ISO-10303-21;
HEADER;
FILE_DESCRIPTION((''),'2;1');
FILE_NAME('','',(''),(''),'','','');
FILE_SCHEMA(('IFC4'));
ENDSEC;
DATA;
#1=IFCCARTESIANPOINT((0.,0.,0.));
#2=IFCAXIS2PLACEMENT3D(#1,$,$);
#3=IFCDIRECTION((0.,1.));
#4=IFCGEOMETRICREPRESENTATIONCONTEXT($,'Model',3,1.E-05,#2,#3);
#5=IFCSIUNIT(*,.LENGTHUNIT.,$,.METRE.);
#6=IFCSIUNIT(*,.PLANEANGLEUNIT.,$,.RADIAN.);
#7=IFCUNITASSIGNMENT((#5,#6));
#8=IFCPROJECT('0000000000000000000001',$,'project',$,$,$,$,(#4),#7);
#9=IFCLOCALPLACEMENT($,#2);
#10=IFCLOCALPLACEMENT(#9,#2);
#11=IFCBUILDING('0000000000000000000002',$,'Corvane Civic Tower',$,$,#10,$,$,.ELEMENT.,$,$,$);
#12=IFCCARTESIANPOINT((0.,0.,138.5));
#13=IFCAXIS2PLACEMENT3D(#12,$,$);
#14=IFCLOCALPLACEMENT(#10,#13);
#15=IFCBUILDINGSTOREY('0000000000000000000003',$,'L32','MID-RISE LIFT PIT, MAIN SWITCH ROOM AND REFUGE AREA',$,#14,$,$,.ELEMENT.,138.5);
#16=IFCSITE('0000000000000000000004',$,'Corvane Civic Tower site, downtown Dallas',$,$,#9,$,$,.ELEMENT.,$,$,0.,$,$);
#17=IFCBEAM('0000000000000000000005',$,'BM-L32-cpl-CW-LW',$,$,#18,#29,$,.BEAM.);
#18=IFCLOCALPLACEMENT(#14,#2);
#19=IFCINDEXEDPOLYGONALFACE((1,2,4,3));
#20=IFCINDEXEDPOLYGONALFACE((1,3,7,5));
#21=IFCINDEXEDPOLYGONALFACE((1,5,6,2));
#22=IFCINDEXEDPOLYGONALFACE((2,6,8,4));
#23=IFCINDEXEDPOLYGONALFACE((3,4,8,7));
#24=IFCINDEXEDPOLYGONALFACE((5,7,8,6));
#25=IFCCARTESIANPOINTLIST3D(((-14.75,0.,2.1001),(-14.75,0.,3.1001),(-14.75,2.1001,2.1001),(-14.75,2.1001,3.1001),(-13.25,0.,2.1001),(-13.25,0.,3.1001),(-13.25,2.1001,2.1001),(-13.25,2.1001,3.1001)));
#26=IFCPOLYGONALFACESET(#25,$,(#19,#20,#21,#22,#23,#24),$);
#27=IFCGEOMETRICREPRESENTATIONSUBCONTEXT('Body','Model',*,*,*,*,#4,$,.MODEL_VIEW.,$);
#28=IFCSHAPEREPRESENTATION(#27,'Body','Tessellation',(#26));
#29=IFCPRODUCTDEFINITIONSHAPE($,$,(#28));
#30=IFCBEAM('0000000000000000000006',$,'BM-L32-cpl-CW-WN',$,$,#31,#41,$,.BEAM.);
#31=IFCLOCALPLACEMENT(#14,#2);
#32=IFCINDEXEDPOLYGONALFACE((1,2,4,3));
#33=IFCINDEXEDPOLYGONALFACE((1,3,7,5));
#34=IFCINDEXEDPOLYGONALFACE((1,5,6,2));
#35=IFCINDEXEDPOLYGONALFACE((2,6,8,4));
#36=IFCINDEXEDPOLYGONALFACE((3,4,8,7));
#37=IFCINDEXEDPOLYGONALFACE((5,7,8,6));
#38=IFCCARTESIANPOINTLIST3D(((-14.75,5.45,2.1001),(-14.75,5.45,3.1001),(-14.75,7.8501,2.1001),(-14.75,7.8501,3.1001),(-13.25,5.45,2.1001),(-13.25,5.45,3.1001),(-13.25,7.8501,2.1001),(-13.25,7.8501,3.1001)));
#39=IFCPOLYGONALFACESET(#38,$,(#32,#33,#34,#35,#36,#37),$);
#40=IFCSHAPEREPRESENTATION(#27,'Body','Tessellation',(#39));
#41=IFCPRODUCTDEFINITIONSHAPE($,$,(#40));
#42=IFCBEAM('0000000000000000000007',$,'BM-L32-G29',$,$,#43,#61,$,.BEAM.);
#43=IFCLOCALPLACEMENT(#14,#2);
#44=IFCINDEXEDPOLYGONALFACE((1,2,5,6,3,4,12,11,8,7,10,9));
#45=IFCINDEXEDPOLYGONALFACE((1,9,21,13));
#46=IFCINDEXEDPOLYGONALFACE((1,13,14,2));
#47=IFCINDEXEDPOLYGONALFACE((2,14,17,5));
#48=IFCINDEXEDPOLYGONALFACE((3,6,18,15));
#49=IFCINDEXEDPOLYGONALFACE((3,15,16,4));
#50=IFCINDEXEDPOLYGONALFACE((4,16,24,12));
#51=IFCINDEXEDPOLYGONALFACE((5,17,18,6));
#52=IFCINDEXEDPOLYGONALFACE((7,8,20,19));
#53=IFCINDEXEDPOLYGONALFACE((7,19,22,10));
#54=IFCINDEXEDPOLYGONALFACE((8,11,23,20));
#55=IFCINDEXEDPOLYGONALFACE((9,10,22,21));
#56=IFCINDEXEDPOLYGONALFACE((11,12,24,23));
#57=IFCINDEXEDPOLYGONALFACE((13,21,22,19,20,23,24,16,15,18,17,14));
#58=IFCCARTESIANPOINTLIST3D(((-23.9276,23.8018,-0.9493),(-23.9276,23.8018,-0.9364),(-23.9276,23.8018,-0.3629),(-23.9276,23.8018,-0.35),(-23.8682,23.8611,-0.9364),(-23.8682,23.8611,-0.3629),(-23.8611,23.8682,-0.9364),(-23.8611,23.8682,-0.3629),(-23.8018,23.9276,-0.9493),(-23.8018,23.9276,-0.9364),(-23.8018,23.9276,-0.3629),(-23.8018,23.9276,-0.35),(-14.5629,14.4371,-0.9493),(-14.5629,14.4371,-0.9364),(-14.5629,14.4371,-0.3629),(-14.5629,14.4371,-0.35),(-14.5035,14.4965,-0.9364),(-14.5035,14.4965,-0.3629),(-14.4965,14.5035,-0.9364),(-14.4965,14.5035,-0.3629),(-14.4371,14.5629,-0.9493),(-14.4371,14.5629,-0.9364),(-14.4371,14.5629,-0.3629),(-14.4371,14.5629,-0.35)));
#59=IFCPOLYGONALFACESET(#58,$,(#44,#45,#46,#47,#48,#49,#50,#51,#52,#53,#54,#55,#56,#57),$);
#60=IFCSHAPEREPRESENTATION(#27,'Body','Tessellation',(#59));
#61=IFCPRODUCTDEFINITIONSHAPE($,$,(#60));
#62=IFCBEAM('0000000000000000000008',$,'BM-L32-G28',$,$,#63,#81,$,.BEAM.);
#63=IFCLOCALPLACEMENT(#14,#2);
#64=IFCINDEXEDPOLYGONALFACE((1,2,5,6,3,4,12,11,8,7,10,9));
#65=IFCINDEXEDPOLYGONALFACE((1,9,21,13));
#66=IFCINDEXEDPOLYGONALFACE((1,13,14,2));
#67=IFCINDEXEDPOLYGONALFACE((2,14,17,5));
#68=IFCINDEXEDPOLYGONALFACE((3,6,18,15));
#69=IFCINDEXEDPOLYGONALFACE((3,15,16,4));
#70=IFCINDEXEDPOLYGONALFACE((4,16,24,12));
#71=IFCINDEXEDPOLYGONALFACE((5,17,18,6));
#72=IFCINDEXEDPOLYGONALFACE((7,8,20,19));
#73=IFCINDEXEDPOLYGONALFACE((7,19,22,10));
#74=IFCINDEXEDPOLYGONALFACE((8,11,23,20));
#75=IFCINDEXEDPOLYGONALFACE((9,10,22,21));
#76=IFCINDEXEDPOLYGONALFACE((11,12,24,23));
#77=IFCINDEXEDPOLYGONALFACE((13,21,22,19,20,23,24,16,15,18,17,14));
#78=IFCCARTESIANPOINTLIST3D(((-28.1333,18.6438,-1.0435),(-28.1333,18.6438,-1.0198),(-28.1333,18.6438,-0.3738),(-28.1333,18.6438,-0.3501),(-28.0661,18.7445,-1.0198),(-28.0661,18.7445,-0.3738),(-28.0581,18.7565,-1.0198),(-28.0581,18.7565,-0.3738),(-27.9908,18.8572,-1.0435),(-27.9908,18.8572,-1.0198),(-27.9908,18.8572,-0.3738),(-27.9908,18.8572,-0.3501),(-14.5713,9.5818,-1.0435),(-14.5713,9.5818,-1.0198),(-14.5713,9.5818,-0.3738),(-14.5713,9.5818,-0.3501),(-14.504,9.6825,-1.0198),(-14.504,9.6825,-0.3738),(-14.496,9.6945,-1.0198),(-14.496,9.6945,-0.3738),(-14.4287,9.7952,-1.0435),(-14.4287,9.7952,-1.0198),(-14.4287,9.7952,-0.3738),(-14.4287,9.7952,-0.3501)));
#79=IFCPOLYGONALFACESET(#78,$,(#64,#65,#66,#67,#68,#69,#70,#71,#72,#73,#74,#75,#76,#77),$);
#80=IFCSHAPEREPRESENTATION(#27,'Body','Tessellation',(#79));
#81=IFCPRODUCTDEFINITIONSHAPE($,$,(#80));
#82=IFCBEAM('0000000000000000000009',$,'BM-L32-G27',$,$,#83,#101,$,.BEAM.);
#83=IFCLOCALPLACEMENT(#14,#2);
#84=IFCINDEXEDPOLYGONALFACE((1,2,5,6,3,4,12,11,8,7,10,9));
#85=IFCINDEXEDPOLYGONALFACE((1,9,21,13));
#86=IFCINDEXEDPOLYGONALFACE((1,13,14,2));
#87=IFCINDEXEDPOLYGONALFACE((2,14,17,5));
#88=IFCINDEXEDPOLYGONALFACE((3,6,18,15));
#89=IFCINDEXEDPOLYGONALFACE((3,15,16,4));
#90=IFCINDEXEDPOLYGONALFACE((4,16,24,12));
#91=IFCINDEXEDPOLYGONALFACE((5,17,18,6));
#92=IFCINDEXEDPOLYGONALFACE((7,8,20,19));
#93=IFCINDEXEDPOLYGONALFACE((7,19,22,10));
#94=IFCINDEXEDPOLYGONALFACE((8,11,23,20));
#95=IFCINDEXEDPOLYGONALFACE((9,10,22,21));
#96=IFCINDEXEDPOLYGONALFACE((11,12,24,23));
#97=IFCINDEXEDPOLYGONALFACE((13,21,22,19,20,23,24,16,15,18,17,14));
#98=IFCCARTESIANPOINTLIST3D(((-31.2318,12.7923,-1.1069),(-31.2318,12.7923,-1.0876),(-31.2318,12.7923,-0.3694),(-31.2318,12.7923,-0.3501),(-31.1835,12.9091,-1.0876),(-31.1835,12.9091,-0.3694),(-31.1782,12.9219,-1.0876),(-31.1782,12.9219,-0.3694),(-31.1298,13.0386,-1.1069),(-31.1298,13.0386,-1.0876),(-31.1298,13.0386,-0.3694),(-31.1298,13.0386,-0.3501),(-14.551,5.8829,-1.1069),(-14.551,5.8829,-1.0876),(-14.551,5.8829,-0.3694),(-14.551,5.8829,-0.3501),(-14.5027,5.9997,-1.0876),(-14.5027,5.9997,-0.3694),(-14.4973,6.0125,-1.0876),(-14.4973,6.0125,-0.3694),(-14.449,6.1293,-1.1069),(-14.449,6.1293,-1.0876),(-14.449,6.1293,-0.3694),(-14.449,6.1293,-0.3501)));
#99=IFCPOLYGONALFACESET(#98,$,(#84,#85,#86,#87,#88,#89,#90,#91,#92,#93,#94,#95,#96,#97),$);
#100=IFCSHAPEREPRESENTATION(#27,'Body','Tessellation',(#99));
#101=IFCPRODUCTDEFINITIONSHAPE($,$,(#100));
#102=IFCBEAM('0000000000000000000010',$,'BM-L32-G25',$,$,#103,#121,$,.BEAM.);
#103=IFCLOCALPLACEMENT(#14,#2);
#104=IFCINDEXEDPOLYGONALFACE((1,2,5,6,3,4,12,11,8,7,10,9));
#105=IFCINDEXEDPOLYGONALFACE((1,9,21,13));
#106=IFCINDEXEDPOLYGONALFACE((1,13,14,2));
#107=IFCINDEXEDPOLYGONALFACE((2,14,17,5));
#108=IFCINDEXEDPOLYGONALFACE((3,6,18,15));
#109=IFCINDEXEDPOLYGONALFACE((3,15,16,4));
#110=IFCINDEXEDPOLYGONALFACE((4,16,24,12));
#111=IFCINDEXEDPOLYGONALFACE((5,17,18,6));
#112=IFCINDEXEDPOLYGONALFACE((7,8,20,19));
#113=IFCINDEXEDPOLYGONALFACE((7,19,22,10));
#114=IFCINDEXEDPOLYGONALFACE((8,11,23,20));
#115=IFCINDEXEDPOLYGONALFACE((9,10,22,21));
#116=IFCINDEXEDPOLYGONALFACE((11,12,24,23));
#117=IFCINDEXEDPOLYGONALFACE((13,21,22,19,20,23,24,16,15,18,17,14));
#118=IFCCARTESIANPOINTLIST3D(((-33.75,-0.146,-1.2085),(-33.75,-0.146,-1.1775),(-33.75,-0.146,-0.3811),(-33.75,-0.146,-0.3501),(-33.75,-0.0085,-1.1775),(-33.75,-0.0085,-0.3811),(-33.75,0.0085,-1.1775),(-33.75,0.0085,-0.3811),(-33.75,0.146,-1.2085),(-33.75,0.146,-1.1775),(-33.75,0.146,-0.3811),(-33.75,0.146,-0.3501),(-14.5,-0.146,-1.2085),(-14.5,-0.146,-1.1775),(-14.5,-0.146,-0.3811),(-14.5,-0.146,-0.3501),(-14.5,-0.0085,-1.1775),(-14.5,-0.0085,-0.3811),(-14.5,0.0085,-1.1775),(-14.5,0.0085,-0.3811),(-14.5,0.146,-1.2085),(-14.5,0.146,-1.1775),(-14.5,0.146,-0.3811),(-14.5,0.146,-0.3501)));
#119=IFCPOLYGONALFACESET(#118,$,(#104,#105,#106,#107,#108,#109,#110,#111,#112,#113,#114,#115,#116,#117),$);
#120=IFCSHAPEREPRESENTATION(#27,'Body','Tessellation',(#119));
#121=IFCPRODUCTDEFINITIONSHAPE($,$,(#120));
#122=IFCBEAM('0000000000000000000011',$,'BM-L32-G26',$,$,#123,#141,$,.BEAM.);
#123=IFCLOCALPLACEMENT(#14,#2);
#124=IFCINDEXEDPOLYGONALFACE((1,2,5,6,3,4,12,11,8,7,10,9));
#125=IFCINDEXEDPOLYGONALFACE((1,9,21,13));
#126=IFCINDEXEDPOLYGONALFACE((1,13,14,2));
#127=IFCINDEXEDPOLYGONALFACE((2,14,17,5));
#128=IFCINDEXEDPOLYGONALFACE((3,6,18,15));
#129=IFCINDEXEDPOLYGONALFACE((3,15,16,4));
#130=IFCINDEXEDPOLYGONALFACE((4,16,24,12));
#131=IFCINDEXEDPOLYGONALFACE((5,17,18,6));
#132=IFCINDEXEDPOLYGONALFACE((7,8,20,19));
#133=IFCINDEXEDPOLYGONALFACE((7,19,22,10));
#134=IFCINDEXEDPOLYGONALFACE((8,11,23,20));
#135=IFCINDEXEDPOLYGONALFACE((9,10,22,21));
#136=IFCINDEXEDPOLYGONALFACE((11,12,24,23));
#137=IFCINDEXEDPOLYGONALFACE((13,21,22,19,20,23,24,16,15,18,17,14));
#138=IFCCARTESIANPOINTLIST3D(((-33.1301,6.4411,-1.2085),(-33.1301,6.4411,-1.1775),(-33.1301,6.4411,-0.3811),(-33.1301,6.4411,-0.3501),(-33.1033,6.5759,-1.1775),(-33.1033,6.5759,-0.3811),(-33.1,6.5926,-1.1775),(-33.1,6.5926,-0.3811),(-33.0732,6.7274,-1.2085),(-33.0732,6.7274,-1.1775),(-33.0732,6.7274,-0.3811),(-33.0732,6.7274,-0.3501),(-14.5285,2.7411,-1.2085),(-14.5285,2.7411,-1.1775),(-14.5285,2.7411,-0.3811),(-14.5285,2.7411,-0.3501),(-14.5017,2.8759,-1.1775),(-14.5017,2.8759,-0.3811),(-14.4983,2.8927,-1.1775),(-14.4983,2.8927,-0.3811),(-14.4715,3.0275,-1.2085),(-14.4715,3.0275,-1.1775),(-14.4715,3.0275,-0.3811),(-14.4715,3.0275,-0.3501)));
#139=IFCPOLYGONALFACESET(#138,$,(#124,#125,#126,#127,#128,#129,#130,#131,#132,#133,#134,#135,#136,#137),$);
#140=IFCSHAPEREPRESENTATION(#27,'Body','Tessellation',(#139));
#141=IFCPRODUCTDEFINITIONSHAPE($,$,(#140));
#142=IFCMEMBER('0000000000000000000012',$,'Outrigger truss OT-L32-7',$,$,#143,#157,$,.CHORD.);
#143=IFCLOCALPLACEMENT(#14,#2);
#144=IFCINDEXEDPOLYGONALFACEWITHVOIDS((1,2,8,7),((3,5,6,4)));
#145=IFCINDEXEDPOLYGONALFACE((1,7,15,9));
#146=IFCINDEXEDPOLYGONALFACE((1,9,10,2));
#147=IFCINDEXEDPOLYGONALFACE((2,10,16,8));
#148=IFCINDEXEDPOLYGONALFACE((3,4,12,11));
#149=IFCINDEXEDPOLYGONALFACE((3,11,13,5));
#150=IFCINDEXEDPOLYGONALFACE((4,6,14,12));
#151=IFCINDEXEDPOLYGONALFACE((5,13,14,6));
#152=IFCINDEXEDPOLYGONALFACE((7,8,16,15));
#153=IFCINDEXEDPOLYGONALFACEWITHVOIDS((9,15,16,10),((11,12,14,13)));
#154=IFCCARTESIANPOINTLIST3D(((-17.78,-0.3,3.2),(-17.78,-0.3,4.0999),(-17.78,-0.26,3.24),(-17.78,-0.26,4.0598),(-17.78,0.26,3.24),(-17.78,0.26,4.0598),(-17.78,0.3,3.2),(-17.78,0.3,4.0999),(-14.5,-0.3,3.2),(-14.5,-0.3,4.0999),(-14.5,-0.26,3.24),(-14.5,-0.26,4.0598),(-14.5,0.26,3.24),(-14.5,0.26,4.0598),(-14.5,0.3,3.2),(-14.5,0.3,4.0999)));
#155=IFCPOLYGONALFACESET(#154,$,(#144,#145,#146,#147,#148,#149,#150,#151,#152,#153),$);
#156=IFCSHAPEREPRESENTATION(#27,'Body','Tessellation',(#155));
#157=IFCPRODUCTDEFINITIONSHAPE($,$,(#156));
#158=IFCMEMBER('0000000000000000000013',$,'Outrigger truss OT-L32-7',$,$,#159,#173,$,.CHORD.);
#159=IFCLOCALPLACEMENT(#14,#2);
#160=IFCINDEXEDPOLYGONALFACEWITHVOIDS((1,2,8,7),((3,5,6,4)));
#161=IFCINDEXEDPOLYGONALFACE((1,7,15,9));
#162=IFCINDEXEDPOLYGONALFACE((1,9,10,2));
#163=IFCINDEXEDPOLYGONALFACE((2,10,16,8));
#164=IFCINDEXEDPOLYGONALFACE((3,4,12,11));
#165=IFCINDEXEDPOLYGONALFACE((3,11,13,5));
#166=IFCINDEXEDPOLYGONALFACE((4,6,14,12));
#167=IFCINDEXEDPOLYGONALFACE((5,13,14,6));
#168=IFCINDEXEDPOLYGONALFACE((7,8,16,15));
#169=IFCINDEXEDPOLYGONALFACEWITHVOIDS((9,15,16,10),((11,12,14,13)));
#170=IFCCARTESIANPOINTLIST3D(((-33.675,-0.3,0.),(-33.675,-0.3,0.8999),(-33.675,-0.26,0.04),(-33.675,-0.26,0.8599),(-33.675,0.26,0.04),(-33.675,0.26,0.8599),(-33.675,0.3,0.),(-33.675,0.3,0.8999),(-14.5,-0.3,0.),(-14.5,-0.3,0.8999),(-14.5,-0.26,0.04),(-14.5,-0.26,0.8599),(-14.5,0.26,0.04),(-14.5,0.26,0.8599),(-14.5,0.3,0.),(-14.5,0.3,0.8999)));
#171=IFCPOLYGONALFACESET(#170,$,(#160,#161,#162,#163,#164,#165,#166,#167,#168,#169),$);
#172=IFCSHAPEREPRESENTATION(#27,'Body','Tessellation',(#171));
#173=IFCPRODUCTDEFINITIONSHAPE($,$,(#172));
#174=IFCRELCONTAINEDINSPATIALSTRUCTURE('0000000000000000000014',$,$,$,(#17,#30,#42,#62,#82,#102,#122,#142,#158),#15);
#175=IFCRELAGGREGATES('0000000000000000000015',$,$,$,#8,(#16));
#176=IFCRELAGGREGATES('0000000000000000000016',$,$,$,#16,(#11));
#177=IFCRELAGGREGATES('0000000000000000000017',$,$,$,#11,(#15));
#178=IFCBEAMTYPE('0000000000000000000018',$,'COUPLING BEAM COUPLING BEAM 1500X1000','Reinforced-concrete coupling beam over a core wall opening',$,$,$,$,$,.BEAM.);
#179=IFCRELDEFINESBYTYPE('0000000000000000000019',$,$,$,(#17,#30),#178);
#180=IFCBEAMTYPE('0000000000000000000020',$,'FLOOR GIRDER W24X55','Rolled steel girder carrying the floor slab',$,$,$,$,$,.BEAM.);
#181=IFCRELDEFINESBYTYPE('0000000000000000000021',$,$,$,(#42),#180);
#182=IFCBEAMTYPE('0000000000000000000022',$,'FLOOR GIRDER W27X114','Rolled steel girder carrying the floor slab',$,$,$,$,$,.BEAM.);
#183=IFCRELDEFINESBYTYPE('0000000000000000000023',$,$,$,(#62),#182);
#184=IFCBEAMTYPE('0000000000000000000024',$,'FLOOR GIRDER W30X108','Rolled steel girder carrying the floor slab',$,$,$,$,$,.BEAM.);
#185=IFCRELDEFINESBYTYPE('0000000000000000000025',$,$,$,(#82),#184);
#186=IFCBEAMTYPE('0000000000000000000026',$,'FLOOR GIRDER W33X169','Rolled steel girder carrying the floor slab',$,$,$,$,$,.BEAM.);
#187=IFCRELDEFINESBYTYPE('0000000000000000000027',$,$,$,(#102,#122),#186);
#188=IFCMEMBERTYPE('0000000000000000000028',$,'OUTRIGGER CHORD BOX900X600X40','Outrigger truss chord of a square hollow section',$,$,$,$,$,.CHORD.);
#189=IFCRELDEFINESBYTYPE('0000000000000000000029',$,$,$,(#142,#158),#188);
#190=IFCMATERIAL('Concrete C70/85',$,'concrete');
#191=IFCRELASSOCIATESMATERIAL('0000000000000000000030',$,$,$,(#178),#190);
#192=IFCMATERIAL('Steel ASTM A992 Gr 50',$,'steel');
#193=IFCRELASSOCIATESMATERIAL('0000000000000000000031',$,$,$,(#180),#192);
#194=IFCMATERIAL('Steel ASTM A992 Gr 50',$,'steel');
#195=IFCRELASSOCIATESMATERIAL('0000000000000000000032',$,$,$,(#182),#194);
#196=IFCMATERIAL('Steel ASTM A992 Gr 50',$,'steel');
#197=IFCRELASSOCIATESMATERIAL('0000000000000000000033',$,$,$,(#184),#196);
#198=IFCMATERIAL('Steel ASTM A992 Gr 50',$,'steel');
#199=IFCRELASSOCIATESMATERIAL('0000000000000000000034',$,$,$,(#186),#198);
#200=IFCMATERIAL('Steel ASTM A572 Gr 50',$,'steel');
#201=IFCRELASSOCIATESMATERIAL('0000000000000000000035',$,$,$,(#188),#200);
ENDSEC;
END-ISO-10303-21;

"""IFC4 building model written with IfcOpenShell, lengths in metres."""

from ifc_helpers import new_model, si_unit, direction, frame, origin, origin_2d, place, context, subcontext, project, spatial, rectangle, hollow_rectangle, i_section, extrude, material, material_profile, profile_set, type_object, element, save


model = new_model("IFC4")

# Units and contexts
model_context = context("Model", 3, precision=1e-05, world=origin(), true_north=direction((0.0, 1.0)))
body_context = subcontext(model_context, "Body", "Model", "MODEL_VIEW")
ifc_project = project(units=[si_unit("LENGTHUNIT", "METRE"), si_unit("PLANEANGLEUNIT", "RADIAN")], contexts=[model_context])

# Site, building, storey
site_placement = place(None, origin())
site = spatial("IfcSite", under=ifc_project, at=site_placement, Name="Corvane Civic Tower site, downtown Dallas", CompositionType="ELEMENT", RefElevation=0.0)
building_placement = place(site_placement, origin())
building = spatial("IfcBuilding", under=site, at=building_placement, Name="Corvane Civic Tower", CompositionType="ELEMENT")
storey_placement = place(building_placement, frame((0.0, 0.0, 138.5)))
storey = spatial("IfcBuildingStorey", under=building, at=storey_placement, Name="L32", Description="MID-RISE LIFT PIT, MAIN SWITCH ROOM AND REFUGE AREA", CompositionType="ELEMENT", Elevation=138.5)

# Beams
ifc_material_1 = material(Name="Concrete C70/85", Category="concrete")
ifc_material_profile_1 = material_profile(ifc_material_1, rectangle(XDim=1.5, YDim=1.0, at=origin_2d()), Name="COUPLING BEAM 1500X1000")
ifc_profile_set_1 = profile_set([ifc_material_profile_1], Name="Concrete C70/85")
beam_type_1 = type_object("IfcBeamType", Name="COUPLING BEAM COUPLING BEAM 1500X1000", Description="Reinforced-concrete coupling beam over a core wall opening", PredefinedType="BEAM", material=ifc_profile_set_1)
beam_1_placement = place(storey_placement, frame((-14.0, 0.0, 2.6001), z_axis=(0.0, 1.0, 0.0), x_axis=(-1.0, 0.0, 0.0)))
element("IfcBeam", 1, at=beam_1_placement, inside=storey, type_object=beam_type_1, Name="BM-L32-cpl-CW-LW", PredefinedType="BEAM", context=body_context, shape_type="SweptSolid", body=[
    extrude(rectangle(XDim=1.5, YDim=1.0, at=origin_2d()), origin(), (0.0, 0.0, 1.0), 2.1001),
])
beam_2_placement = place(storey_placement, frame((-14.0, 5.45, 2.6001), z_axis=(0.0, 1.0, 0.0), x_axis=(-1.0, 0.0, 0.0)))
element("IfcBeam", 2, at=beam_2_placement, inside=storey, type_object=beam_type_1, Name="BM-L32-cpl-CW-WN", PredefinedType="BEAM", context=body_context, shape_type="SweptSolid", body=[
    extrude(rectangle(XDim=1.5, YDim=1.0, at=origin_2d()), origin(), (0.0, 0.0, 1.0), 2.4001),
])
ifc_material_2 = material(Name="Steel ASTM A992 Gr 50", Category="steel")
ifc_material_profile_2 = material_profile(ifc_material_2, i_section(OverallWidth=0.178, OverallDepth=0.5994, WebThickness=0.01, FlangeThickness=0.0129, at=origin_2d()), Name="W24X55")
ifc_profile_set_2 = profile_set([ifc_material_profile_2], Name="Steel ASTM A992 Gr 50")
beam_type_2 = type_object("IfcBeamType", Name="FLOOR GIRDER W24X55", Description="Rolled steel girder carrying the floor slab", PredefinedType="BEAM", material=ifc_profile_set_2)
beam_3_placement = place(storey_placement, frame((-14.5, 14.5, -0.6497), z_axis=(-0.707107, 0.707107, 0.0), x_axis=(-0.707107, -0.707107, 0.0)))
element("IfcBeam", 3, at=beam_3_placement, inside=storey, type_object=beam_type_2, Name="BM-L32-G29", PredefinedType="BEAM", context=body_context, shape_type="SweptSolid", body=[
    extrude(i_section(OverallWidth=0.178, OverallDepth=0.5994, WebThickness=0.01, FlangeThickness=0.0129, at=origin_2d()), origin(), (0.0, 0.0, 1.0), 13.2437),
])
ifc_material_3 = material(Name="Steel ASTM A992 Gr 50", Category="steel")
ifc_material_profile_3 = material_profile(ifc_material_3, i_section(OverallWidth=0.2566, OverallDepth=0.6934, WebThickness=0.0144, FlangeThickness=0.0237, at=origin_2d()), Name="W27X114")
ifc_profile_set_3 = profile_set([ifc_material_profile_3], Name="Steel ASTM A992 Gr 50")
beam_type_3 = type_object("IfcBeamType", Name="FLOOR GIRDER W27X114", Description="Rolled steel girder carrying the floor slab", PredefinedType="BEAM", material=ifc_profile_set_3)
beam_4_placement = place(storey_placement, frame((-14.5, 9.6885, -0.6968), z_axis=(-0.831465, 0.555577, 0.0), x_axis=(-0.555577, -0.831465, 0.0)))
element("IfcBeam", 4, at=beam_4_placement, inside=storey, type_object=beam_type_3, Name="BM-L32-G28", PredefinedType="BEAM", context=body_context, shape_type="SweptSolid", body=[
    extrude(i_section(OverallWidth=0.2566, OverallDepth=0.6934, WebThickness=0.0144, FlangeThickness=0.0237, at=origin_2d()), origin(), (0.0, 0.0, 1.0), 16.311),
])
ifc_material_4 = material(Name="Steel ASTM A992 Gr 50", Category="steel")
ifc_material_profile_4 = material_profile(ifc_material_4, i_section(OverallWidth=0.2666, OverallDepth=0.7568, WebThickness=0.0139, FlangeThickness=0.0193, at=origin_2d()), Name="W30X108")
ifc_profile_set_4 = profile_set([ifc_material_profile_4], Name="Steel ASTM A992 Gr 50")
beam_type_4 = type_object("IfcBeamType", Name="FLOOR GIRDER W30X108", Description="Rolled steel girder carrying the floor slab", PredefinedType="BEAM", material=ifc_profile_set_4)
beam_5_placement = place(storey_placement, frame((-14.5, 6.0061, -0.7285), z_axis=(-0.92388, 0.382682, 0.0), x_axis=(-0.382682, -0.92388, 0.0)))
element("IfcBeam", 5, at=beam_5_placement, inside=storey, type_object=beam_type_4, Name="BM-L32-G27", PredefinedType="BEAM", context=body_context, shape_type="SweptSolid", body=[
    extrude(i_section(OverallWidth=0.2666, OverallDepth=0.7568, WebThickness=0.0139, FlangeThickness=0.0193, at=origin_2d()), origin(), (0.0, 0.0, 1.0), 18.0552),
])
ifc_material_5 = material(Name="Steel ASTM A992 Gr 50", Category="steel")
ifc_material_profile_5 = material_profile(ifc_material_5, i_section(OverallWidth=0.292, OverallDepth=0.8584, WebThickness=0.0171, FlangeThickness=0.031, at=origin_2d()), Name="W33X169")
ifc_profile_set_5 = profile_set([ifc_material_profile_5], Name="Steel ASTM A992 Gr 50")
beam_type_5 = type_object("IfcBeamType", Name="FLOOR GIRDER W33X169", Description="Rolled steel girder carrying the floor slab", PredefinedType="BEAM", material=ifc_profile_set_5)
beam_6_placement = place(storey_placement, frame((-14.5, 0.0, -0.7793), z_axis=(-1.0, 0.0, 0.0), x_axis=(0.0, -1.0, 0.0)))
element("IfcBeam", 6, at=beam_6_placement, inside=storey, type_object=beam_type_5, Name="BM-L32-G25", PredefinedType="BEAM", context=body_context, shape_type="SweptSolid", body=[
    extrude(i_section(OverallWidth=0.292, OverallDepth=0.8584, WebThickness=0.0171, FlangeThickness=0.031, at=origin_2d()), origin(), (0.0, 0.0, 1.0), 19.25),
])
beam_7_placement = place(storey_placement, frame((-14.5, 2.8843, -0.7793), z_axis=(-0.980787, 0.195084, 0.0), x_axis=(-0.195084, -0.980787, 0.0)))
element("IfcBeam", 7, at=beam_7_placement, inside=storey, type_object=beam_type_5, Name="BM-L32-G26", PredefinedType="BEAM", context=body_context, shape_type="SweptSolid", body=[
    extrude(i_section(OverallWidth=0.292, OverallDepth=0.8584, WebThickness=0.0171, FlangeThickness=0.031, at=origin_2d()), origin(), (0.0, 0.0, 1.0), 18.9661),
])

# Members
ifc_material_6 = material(Name="Steel ASTM A572 Gr 50", Category="steel")
ifc_material_profile_6 = material_profile(ifc_material_6, hollow_rectangle(XDim=0.6001, YDim=0.8999, WallThickness=0.04, at=origin_2d()), Name="BOX900X600X40")
ifc_profile_set_6 = profile_set([ifc_material_profile_6], Name="Steel ASTM A572 Gr 50")
member_type = type_object("IfcMemberType", Name="OUTRIGGER CHORD BOX900X600X40", Description="Outrigger truss chord of a square hollow section", PredefinedType="CHORD", material=ifc_profile_set_6)
member_1_placement = place(storey_placement, frame((-14.5, 0.0, 3.6499), z_axis=(-1.0, 0.0, 0.0), x_axis=(0.0, -1.0, 0.0)))
element("IfcMember", 8, at=member_1_placement, inside=storey, type_object=member_type, Name="Outrigger truss OT-L32-7", PredefinedType="CHORD", context=body_context, shape_type="SweptSolid", body=[
    extrude(hollow_rectangle(XDim=0.6001, YDim=0.8999, WallThickness=0.04, at=origin_2d()), origin(), (0.0, 0.0, 1.0), 3.28),
])
member_2_placement = place(storey_placement, frame((-14.5, 0.0, 0.45), z_axis=(-1.0, 0.0, 0.0), x_axis=(0.0, -1.0, 0.0)))
element("IfcMember", 9, at=member_2_placement, inside=storey, type_object=member_type, Name="Outrigger truss OT-L32-7", PredefinedType="CHORD", context=body_context, shape_type="SweptSolid", body=[
    extrude(hollow_rectangle(XDim=0.6001, YDim=0.8999, WallThickness=0.04, at=origin_2d()), origin(), (0.0, 0.0, 1.0), 19.175),
])

save(model, "model.ifc")
